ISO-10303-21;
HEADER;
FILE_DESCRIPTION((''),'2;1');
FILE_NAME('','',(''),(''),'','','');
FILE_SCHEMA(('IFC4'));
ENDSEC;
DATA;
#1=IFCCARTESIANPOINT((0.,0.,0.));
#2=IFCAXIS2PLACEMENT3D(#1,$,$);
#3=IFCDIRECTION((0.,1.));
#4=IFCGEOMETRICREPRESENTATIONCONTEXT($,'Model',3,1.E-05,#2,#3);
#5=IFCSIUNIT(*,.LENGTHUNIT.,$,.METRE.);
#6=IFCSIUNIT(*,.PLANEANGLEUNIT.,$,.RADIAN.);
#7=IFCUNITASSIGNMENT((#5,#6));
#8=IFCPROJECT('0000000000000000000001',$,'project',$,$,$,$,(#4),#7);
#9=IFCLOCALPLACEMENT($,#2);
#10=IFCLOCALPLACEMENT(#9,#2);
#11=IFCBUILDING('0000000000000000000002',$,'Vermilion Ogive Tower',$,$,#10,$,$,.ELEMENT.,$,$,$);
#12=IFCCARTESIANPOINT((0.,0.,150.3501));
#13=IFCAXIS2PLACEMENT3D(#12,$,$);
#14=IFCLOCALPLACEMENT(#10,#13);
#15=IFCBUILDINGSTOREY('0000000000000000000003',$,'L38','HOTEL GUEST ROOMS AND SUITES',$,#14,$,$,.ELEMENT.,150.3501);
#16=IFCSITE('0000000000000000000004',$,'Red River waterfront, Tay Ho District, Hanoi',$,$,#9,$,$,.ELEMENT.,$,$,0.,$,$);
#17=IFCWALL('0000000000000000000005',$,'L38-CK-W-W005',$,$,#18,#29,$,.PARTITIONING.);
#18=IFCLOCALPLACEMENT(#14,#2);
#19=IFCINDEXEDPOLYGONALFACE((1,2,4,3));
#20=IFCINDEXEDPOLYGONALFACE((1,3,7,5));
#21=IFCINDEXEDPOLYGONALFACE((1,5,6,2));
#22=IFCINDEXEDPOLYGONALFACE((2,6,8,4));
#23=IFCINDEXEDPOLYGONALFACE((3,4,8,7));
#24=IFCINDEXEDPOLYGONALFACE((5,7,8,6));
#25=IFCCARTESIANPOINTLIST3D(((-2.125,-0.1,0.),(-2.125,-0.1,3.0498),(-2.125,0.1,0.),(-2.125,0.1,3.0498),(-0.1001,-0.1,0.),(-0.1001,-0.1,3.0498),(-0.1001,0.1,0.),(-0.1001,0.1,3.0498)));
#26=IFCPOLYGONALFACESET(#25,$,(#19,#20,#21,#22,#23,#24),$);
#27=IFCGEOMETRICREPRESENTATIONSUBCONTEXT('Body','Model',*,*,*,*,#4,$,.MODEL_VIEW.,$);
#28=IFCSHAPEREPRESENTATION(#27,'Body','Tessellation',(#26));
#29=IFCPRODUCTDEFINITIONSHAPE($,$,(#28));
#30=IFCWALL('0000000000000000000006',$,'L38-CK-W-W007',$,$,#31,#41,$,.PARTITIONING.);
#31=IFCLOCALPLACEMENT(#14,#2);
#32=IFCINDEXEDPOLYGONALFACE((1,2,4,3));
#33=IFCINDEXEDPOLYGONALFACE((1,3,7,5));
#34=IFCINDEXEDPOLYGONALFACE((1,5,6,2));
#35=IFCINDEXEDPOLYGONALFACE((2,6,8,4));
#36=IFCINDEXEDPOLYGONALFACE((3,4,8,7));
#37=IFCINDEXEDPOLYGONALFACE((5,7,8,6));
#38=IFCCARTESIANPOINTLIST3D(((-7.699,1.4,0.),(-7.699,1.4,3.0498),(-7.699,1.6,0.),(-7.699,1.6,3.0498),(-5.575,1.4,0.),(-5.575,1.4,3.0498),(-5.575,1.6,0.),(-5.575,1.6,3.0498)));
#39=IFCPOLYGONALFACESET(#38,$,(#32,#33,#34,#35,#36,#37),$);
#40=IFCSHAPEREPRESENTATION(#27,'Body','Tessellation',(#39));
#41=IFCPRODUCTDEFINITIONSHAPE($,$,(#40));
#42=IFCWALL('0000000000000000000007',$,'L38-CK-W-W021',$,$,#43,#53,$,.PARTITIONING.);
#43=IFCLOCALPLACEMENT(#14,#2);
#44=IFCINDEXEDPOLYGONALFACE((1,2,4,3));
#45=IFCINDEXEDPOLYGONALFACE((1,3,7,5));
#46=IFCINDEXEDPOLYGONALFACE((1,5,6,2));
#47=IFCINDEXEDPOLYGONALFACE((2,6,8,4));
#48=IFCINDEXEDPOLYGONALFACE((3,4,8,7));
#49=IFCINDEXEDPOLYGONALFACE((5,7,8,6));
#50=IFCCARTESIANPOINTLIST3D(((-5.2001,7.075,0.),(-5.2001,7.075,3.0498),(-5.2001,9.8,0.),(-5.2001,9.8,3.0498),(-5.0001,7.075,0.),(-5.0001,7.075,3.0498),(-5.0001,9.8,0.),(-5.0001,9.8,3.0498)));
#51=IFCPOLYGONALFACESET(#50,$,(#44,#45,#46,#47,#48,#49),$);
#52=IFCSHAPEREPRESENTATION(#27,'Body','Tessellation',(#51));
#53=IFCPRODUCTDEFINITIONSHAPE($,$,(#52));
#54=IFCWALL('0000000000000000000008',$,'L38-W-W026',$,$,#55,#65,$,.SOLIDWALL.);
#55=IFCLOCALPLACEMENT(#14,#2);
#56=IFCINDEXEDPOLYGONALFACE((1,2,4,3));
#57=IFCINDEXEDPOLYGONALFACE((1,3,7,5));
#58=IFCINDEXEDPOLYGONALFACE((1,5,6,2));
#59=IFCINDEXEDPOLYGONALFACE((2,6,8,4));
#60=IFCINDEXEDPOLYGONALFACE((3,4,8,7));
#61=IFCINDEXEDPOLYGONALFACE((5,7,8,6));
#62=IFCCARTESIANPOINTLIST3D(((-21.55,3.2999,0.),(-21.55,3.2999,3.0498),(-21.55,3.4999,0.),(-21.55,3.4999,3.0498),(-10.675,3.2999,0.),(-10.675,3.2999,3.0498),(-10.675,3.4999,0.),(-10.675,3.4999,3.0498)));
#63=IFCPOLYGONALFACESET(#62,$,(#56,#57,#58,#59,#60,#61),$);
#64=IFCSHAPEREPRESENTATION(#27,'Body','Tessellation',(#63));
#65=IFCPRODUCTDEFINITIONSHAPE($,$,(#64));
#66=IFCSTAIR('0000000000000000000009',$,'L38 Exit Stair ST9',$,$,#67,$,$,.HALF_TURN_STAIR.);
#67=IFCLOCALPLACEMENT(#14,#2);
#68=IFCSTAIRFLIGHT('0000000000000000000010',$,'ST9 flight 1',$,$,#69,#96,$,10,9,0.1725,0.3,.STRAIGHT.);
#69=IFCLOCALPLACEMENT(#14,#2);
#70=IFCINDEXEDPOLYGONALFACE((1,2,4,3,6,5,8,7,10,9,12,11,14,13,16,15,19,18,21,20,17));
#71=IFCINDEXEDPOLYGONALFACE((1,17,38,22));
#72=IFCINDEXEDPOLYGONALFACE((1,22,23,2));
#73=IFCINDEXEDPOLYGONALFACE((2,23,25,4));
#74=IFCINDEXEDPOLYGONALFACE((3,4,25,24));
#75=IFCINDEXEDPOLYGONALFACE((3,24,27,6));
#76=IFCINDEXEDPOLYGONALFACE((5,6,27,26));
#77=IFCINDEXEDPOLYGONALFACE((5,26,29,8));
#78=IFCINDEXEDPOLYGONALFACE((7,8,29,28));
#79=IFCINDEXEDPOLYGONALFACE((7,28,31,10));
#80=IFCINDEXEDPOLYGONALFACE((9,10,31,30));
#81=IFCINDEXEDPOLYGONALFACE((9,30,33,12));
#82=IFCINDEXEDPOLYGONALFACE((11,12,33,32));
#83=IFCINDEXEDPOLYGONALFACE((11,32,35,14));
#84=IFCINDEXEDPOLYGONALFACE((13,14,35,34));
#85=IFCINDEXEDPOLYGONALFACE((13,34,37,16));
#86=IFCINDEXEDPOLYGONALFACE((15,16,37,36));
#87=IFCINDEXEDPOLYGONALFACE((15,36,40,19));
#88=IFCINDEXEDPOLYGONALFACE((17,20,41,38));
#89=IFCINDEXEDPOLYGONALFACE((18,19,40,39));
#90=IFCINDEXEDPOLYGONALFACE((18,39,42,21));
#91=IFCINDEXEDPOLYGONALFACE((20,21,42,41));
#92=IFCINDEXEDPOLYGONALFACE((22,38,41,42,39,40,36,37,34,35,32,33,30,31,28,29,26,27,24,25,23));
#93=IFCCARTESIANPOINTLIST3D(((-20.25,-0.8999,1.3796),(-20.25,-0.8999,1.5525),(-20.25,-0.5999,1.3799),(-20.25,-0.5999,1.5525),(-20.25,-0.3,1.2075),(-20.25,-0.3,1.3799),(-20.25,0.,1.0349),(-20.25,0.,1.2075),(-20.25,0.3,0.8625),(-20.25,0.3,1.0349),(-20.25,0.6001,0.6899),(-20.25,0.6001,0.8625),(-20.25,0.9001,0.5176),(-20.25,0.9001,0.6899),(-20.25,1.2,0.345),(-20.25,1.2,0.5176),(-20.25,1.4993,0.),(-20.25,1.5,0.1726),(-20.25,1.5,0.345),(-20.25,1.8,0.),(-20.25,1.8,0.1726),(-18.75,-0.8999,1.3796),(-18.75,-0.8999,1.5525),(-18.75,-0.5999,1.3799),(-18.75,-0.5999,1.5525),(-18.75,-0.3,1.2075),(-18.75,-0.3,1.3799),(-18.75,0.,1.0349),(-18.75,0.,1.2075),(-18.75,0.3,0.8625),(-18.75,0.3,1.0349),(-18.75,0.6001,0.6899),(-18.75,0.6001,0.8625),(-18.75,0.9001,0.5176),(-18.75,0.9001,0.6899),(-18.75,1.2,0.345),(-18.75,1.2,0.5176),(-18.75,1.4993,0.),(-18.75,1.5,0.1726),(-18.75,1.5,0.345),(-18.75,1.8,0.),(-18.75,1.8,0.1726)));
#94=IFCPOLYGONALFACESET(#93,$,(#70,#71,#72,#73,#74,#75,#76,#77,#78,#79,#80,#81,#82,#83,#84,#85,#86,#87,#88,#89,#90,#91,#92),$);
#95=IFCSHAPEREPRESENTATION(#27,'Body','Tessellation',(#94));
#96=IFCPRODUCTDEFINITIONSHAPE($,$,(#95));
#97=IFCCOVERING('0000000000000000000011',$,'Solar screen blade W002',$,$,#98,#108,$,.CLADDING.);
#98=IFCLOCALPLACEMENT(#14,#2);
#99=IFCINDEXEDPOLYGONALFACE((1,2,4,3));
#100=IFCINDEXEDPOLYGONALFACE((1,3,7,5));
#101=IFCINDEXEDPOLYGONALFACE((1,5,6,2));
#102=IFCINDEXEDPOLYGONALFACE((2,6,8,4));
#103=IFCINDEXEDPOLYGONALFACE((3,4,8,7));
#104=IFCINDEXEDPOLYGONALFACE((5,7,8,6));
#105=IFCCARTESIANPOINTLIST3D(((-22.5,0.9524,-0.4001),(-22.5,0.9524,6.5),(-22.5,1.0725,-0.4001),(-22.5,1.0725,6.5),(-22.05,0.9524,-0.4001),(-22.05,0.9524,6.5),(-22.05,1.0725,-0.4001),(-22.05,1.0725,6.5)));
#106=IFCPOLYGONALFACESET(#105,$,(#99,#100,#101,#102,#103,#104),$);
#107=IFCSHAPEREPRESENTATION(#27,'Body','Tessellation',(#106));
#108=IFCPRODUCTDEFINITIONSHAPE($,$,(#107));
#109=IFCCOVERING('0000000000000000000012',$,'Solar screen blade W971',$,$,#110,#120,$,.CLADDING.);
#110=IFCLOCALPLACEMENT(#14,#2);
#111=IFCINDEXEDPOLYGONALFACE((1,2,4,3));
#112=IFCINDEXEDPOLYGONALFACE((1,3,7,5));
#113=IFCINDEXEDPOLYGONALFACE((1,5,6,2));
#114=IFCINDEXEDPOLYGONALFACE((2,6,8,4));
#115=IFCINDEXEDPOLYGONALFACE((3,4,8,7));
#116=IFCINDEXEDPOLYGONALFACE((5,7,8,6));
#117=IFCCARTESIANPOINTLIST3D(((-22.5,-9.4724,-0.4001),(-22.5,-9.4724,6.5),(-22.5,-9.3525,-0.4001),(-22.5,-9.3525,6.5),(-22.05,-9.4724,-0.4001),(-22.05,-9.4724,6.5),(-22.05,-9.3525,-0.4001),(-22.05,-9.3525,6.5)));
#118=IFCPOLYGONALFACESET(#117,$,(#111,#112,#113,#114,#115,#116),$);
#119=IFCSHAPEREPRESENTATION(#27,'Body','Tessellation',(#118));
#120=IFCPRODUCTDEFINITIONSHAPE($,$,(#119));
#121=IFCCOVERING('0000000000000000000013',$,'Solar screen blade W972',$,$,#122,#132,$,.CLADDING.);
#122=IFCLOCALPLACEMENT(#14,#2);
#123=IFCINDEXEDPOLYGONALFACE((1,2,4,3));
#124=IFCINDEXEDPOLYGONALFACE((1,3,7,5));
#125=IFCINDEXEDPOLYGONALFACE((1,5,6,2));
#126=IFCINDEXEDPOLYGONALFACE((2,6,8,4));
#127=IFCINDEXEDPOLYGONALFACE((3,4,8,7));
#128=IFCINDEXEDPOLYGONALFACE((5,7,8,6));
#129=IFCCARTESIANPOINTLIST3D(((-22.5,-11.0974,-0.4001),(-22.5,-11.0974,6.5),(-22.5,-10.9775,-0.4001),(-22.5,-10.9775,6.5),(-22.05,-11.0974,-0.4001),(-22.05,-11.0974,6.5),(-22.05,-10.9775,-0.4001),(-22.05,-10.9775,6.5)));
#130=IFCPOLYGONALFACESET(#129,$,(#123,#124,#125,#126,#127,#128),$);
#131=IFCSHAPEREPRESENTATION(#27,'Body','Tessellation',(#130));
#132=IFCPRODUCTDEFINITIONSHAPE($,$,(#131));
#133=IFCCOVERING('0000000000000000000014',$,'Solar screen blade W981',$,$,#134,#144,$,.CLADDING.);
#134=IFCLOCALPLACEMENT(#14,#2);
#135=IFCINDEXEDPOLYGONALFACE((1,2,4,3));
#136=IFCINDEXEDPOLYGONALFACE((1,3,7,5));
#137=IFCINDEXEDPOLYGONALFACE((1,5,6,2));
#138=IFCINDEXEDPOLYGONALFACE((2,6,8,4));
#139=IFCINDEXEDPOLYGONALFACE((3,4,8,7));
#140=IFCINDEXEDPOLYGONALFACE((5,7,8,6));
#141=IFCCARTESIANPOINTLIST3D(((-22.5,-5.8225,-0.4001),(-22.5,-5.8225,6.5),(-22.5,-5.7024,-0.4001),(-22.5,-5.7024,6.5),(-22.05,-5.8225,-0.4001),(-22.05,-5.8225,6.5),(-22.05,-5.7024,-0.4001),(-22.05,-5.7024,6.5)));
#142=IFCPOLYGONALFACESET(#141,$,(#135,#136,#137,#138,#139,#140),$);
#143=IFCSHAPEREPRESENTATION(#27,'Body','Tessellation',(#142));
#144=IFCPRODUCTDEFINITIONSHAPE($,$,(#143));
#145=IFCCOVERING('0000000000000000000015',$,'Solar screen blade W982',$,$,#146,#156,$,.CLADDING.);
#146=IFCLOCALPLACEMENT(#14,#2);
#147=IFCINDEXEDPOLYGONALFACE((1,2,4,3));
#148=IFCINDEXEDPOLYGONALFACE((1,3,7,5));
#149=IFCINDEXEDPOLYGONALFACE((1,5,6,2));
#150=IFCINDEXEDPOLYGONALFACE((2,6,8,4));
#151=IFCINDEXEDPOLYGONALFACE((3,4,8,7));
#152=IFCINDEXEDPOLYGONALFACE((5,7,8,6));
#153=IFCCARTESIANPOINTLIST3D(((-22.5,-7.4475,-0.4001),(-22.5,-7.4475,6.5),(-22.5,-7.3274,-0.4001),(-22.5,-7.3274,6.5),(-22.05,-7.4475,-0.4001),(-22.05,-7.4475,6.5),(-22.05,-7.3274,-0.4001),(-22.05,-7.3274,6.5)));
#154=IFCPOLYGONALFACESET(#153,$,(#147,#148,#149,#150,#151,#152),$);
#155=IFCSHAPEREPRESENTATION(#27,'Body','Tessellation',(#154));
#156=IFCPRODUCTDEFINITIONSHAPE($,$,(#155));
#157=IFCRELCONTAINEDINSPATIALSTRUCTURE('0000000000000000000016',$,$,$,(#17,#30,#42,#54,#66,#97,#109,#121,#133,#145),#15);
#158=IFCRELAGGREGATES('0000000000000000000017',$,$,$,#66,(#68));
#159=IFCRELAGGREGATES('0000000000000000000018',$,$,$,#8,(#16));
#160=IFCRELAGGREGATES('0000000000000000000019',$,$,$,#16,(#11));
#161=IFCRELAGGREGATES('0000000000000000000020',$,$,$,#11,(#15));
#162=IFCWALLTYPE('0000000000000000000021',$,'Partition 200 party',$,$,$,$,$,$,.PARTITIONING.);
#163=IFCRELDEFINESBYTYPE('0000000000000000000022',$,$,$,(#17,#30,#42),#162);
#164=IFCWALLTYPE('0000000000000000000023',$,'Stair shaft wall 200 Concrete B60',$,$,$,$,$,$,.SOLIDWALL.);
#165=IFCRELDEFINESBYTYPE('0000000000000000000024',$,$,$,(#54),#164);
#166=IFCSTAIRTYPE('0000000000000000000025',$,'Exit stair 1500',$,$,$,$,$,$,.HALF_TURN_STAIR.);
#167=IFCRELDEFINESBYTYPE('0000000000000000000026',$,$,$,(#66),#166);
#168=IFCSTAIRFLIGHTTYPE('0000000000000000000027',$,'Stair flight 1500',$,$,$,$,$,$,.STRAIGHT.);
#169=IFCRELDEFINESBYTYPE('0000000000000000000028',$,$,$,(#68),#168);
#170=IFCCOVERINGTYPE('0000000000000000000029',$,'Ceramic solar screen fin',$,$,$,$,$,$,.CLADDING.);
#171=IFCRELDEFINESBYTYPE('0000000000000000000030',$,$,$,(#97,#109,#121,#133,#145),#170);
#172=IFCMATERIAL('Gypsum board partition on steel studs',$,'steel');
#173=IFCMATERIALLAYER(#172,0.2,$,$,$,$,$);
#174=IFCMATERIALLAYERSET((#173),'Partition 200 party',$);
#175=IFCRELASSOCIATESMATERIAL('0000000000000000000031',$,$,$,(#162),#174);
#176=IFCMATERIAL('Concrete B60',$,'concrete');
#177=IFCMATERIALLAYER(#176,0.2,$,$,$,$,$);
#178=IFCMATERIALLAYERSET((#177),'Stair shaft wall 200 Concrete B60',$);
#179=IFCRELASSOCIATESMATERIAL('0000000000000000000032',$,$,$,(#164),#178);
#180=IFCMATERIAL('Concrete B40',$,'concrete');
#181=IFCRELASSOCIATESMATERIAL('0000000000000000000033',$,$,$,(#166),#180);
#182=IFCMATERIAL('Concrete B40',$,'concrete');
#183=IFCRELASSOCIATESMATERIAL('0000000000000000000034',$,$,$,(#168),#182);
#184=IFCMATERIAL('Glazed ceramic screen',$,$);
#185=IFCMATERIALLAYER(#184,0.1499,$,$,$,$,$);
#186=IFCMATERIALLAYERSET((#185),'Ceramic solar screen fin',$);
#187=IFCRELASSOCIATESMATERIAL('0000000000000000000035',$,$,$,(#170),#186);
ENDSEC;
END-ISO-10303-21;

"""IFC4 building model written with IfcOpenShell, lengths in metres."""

from ifc_helpers import new_model, si_unit, direction, frame, frame_2d, origin, place, context, subcontext, project, spatial, polyline, rectangle, outline, extrude, material, layer, layer_set, type_object, element, aggregate, save


model = new_model("IFC4")

# Units and contexts
model_context = context("Model", 3, precision=1e-05, world=origin(), true_north=direction((0.0, 1.0)))
body_context = subcontext(model_context, "Body", "Model", "MODEL_VIEW")
ifc_project = project(units=[si_unit("LENGTHUNIT", "METRE"), si_unit("PLANEANGLEUNIT", "RADIAN")], contexts=[model_context])

# Site, building, storey
site_placement = place(None, origin())
site = spatial("IfcSite", under=ifc_project, at=site_placement, Name="Red River waterfront, Tay Ho District, Hanoi", CompositionType="ELEMENT", RefElevation=0.0)
building_placement = place(site_placement, origin())
building = spatial("IfcBuilding", under=site, at=building_placement, Name="Vermilion Ogive Tower", CompositionType="ELEMENT")
storey_placement = place(building_placement, frame((0.0, 0.0, 150.3501)))
storey = spatial("IfcBuildingStorey", under=building, at=storey_placement, Name="L38", Description="HOTEL GUEST ROOMS AND SUITES", CompositionType="ELEMENT", Elevation=150.3501)

# Walls
ifc_material_1 = material(Name="Gypsum board partition on steel studs", Category="steel")
ifc_layer_1 = layer(ifc_material_1, 0.2)
ifc_layer_set_1 = layer_set([ifc_layer_1], Name="Partition 200 party")
wall_type_1 = type_object("IfcWallType", Name="Partition 200 party", PredefinedType="PARTITIONING", material=ifc_layer_set_1)
wall_1_placement = place(storey_placement, frame((-2.125, 0.0, 0.0), z_axis=(0.0, 0.0, 1.0), x_axis=(1.0, 0.0, 0.0)))
element("IfcWall", 1, at=wall_1_placement, inside=storey, type_object=wall_type_1, Name="L38-CK-W-W005", PredefinedType="PARTITIONING", context=body_context, shape_type="SweptSolid", body=[
    extrude(rectangle(XDim=2.0249, YDim=0.2, at=frame_2d((1.0125, 0.0))), origin(), (0.0, 0.0, 1.0), 3.0498),
])
wall_2_placement = place(storey_placement, frame((-7.699, 1.5, 0.0), z_axis=(0.0, 0.0, 1.0), x_axis=(1.0, 0.0, 0.0)))
element("IfcWall", 2, at=wall_2_placement, inside=storey, type_object=wall_type_1, Name="L38-CK-W-W007", PredefinedType="PARTITIONING", context=body_context, shape_type="SweptSolid", body=[
    extrude(rectangle(XDim=2.124, YDim=0.2, at=frame_2d((1.062, 0.0))), origin(), (0.0, 0.0, 1.0), 3.0498),
])
wall_3_placement = place(storey_placement, frame((-5.1001, 7.075, 0.0), z_axis=(0.0, 0.0, 1.0), x_axis=(0.0, 1.0, 0.0)))
element("IfcWall", 3, at=wall_3_placement, inside=storey, type_object=wall_type_1, Name="L38-CK-W-W021", PredefinedType="PARTITIONING", context=body_context, shape_type="SweptSolid", body=[
    extrude(rectangle(XDim=2.7251, YDim=0.2, at=frame_2d((1.3625, 0.0))), origin(), (0.0, 0.0, 1.0), 3.0498),
])
ifc_material_2 = material(Name="Concrete B60", Category="concrete")
ifc_layer_2 = layer(ifc_material_2, 0.2)
ifc_layer_set_2 = layer_set([ifc_layer_2], Name="Stair shaft wall 200 Concrete B60")
wall_type_2 = type_object("IfcWallType", Name="Stair shaft wall 200 Concrete B60", PredefinedType="SOLIDWALL", material=ifc_layer_set_2)
wall_4_placement = place(storey_placement, frame((-21.55, 3.3999, 0.0), z_axis=(0.0, 0.0, 1.0), x_axis=(1.0, 0.0, 0.0)))
element("IfcWall", 4, at=wall_4_placement, inside=storey, type_object=wall_type_2, Name="L38-W-W026", PredefinedType="SOLIDWALL", context=body_context, shape_type="SweptSolid", body=[
    extrude(rectangle(XDim=10.875, YDim=0.2, at=frame_2d((5.4375, 0.0))), origin(), (0.0, 0.0, 1.0), 3.0498),
])

# Stair, stair flight
ifc_material_3 = material(Name="Concrete B40", Category="concrete")
stair_type = type_object("IfcStairType", Name="Exit stair 1500", PredefinedType="HALF_TURN_STAIR", material=ifc_material_3)
stair_placement = place(storey_placement, origin())
stair = element("IfcStair", 5, at=stair_placement, inside=storey, type_object=stair_type, Name="L38 Exit Stair ST9", PredefinedType="HALF_TURN_STAIR")
ifc_material_4 = material(Name="Concrete B40", Category="concrete")
stair_flight_type = type_object("IfcStairFlightType", Name="Stair flight 1500", PredefinedType="STRAIGHT", material=ifc_material_4)
stair_flight_placement = place(storey_placement, frame((-19.5, 1.8, 0.0), z_axis=(0.0, 0.0, 1.0), x_axis=(0.0, -1.0, 0.0)))
stair_flight = element("IfcStairFlight", 6, at=stair_flight_placement, type_object=stair_flight_type, Name="ST9 flight 1", NumberOfRisers=10, NumberOfTreads=9, PredefinedType="STRAIGHT", RiserHeight=0.1725, TreadLength=0.3, context=body_context, shape_type="SweptSolid", body=[
    extrude(outline(polyline([(0.0, 0.0), (0.0, 0.1726), (0.3, 0.1726), (0.3, 0.345), (0.6001, 0.345), (0.6001, 0.5176), (0.8999, 0.5176), (0.8999, 0.6899), (1.2, 0.6899), (1.2, 0.8625), (1.5, 0.8625), (1.5, 1.0349), (1.8, 1.0349), (1.8, 1.2075), (2.1001, 1.2075), (2.1001, 1.3799), (2.3999, 1.3799), (2.3999, 1.5525), (2.7, 1.5525), (2.7, 1.7251), (2.7, 1.3796), (0.3008, 0.0), (0.0, 0.0)])), frame((0.0, 0.75, 0.0), z_axis=(0.0, -1.0, 0.0), x_axis=(1.0, 0.0, 0.0)), (0.0, 0.0, 1.0), 1.5),
])
aggregate(stair, [stair_flight])

# Coverings
ifc_material_5 = material(Name="Glazed ceramic screen")
ifc_layer_3 = layer(ifc_material_5, 0.1499)
ifc_layer_set_3 = layer_set([ifc_layer_3], Name="Ceramic solar screen fin")
covering_type = type_object("IfcCoveringType", Name="Ceramic solar screen fin", PredefinedType="CLADDING", material=ifc_layer_set_3)
covering_1_placement = place(storey_placement, frame((0.0, 0.0, -0.4001)))
element("IfcCovering", 7, at=covering_1_placement, inside=storey, type_object=covering_type, Name="Solar screen blade W002", PredefinedType="CLADDING", context=body_context, shape_type="SweptSolid", body=[
    extrude(outline(polyline([(-22.5, 1.0725), (-22.5, 0.9524), (-22.05, 0.9524), (-22.05, 1.0725), (-22.5, 1.0725)])), origin(), (0.0, 0.0, 1.0), 6.9001),
])
covering_2_placement = place(storey_placement, frame((0.0, 0.0, -0.4001)))
element("IfcCovering", 8, at=covering_2_placement, inside=storey, type_object=covering_type, Name="Solar screen blade W971", PredefinedType="CLADDING", context=body_context, shape_type="SweptSolid", body=[
    extrude(outline(polyline([(-22.5, -9.3525), (-22.5, -9.4724), (-22.05, -9.4724), (-22.05, -9.3525), (-22.5, -9.3525)])), origin(), (0.0, 0.0, 1.0), 6.9001),
])
covering_3_placement = place(storey_placement, frame((0.0, 0.0, -0.4001)))
element("IfcCovering", 9, at=covering_3_placement, inside=storey, type_object=covering_type, Name="Solar screen blade W972", PredefinedType="CLADDING", context=body_context, shape_type="SweptSolid", body=[
    extrude(outline(polyline([(-22.5, -10.9775), (-22.5, -11.0974), (-22.05, -11.0974), (-22.05, -10.9775), (-22.5, -10.9775)])), origin(), (0.0, 0.0, 1.0), 6.9001),
])
covering_4_placement = place(storey_placement, frame((0.0, 0.0, -0.4001)))
element("IfcCovering", 10, at=covering_4_placement, inside=storey, type_object=covering_type, Name="Solar screen blade W981", PredefinedType="CLADDING", context=body_context, shape_type="SweptSolid", body=[
    extrude(outline(polyline([(-22.5, -5.7024), (-22.5, -5.8225), (-22.05, -5.8225), (-22.05, -5.7024), (-22.5, -5.7024)])), origin(), (0.0, 0.0, 1.0), 6.9001),
])
covering_5_placement = place(storey_placement, frame((0.0, 0.0, -0.4001)))
element("IfcCovering", 11, at=covering_5_placement, inside=storey, type_object=covering_type, Name="Solar screen blade W982", PredefinedType="CLADDING", context=body_context, shape_type="SweptSolid", body=[
    extrude(outline(polyline([(-22.5, -7.3274), (-22.5, -7.4475), (-22.05, -7.4475), (-22.05, -7.3274), (-22.5, -7.3274)])), origin(), (0.0, 0.0, 1.0), 6.9001),
])

save(model, "model.ifc")
